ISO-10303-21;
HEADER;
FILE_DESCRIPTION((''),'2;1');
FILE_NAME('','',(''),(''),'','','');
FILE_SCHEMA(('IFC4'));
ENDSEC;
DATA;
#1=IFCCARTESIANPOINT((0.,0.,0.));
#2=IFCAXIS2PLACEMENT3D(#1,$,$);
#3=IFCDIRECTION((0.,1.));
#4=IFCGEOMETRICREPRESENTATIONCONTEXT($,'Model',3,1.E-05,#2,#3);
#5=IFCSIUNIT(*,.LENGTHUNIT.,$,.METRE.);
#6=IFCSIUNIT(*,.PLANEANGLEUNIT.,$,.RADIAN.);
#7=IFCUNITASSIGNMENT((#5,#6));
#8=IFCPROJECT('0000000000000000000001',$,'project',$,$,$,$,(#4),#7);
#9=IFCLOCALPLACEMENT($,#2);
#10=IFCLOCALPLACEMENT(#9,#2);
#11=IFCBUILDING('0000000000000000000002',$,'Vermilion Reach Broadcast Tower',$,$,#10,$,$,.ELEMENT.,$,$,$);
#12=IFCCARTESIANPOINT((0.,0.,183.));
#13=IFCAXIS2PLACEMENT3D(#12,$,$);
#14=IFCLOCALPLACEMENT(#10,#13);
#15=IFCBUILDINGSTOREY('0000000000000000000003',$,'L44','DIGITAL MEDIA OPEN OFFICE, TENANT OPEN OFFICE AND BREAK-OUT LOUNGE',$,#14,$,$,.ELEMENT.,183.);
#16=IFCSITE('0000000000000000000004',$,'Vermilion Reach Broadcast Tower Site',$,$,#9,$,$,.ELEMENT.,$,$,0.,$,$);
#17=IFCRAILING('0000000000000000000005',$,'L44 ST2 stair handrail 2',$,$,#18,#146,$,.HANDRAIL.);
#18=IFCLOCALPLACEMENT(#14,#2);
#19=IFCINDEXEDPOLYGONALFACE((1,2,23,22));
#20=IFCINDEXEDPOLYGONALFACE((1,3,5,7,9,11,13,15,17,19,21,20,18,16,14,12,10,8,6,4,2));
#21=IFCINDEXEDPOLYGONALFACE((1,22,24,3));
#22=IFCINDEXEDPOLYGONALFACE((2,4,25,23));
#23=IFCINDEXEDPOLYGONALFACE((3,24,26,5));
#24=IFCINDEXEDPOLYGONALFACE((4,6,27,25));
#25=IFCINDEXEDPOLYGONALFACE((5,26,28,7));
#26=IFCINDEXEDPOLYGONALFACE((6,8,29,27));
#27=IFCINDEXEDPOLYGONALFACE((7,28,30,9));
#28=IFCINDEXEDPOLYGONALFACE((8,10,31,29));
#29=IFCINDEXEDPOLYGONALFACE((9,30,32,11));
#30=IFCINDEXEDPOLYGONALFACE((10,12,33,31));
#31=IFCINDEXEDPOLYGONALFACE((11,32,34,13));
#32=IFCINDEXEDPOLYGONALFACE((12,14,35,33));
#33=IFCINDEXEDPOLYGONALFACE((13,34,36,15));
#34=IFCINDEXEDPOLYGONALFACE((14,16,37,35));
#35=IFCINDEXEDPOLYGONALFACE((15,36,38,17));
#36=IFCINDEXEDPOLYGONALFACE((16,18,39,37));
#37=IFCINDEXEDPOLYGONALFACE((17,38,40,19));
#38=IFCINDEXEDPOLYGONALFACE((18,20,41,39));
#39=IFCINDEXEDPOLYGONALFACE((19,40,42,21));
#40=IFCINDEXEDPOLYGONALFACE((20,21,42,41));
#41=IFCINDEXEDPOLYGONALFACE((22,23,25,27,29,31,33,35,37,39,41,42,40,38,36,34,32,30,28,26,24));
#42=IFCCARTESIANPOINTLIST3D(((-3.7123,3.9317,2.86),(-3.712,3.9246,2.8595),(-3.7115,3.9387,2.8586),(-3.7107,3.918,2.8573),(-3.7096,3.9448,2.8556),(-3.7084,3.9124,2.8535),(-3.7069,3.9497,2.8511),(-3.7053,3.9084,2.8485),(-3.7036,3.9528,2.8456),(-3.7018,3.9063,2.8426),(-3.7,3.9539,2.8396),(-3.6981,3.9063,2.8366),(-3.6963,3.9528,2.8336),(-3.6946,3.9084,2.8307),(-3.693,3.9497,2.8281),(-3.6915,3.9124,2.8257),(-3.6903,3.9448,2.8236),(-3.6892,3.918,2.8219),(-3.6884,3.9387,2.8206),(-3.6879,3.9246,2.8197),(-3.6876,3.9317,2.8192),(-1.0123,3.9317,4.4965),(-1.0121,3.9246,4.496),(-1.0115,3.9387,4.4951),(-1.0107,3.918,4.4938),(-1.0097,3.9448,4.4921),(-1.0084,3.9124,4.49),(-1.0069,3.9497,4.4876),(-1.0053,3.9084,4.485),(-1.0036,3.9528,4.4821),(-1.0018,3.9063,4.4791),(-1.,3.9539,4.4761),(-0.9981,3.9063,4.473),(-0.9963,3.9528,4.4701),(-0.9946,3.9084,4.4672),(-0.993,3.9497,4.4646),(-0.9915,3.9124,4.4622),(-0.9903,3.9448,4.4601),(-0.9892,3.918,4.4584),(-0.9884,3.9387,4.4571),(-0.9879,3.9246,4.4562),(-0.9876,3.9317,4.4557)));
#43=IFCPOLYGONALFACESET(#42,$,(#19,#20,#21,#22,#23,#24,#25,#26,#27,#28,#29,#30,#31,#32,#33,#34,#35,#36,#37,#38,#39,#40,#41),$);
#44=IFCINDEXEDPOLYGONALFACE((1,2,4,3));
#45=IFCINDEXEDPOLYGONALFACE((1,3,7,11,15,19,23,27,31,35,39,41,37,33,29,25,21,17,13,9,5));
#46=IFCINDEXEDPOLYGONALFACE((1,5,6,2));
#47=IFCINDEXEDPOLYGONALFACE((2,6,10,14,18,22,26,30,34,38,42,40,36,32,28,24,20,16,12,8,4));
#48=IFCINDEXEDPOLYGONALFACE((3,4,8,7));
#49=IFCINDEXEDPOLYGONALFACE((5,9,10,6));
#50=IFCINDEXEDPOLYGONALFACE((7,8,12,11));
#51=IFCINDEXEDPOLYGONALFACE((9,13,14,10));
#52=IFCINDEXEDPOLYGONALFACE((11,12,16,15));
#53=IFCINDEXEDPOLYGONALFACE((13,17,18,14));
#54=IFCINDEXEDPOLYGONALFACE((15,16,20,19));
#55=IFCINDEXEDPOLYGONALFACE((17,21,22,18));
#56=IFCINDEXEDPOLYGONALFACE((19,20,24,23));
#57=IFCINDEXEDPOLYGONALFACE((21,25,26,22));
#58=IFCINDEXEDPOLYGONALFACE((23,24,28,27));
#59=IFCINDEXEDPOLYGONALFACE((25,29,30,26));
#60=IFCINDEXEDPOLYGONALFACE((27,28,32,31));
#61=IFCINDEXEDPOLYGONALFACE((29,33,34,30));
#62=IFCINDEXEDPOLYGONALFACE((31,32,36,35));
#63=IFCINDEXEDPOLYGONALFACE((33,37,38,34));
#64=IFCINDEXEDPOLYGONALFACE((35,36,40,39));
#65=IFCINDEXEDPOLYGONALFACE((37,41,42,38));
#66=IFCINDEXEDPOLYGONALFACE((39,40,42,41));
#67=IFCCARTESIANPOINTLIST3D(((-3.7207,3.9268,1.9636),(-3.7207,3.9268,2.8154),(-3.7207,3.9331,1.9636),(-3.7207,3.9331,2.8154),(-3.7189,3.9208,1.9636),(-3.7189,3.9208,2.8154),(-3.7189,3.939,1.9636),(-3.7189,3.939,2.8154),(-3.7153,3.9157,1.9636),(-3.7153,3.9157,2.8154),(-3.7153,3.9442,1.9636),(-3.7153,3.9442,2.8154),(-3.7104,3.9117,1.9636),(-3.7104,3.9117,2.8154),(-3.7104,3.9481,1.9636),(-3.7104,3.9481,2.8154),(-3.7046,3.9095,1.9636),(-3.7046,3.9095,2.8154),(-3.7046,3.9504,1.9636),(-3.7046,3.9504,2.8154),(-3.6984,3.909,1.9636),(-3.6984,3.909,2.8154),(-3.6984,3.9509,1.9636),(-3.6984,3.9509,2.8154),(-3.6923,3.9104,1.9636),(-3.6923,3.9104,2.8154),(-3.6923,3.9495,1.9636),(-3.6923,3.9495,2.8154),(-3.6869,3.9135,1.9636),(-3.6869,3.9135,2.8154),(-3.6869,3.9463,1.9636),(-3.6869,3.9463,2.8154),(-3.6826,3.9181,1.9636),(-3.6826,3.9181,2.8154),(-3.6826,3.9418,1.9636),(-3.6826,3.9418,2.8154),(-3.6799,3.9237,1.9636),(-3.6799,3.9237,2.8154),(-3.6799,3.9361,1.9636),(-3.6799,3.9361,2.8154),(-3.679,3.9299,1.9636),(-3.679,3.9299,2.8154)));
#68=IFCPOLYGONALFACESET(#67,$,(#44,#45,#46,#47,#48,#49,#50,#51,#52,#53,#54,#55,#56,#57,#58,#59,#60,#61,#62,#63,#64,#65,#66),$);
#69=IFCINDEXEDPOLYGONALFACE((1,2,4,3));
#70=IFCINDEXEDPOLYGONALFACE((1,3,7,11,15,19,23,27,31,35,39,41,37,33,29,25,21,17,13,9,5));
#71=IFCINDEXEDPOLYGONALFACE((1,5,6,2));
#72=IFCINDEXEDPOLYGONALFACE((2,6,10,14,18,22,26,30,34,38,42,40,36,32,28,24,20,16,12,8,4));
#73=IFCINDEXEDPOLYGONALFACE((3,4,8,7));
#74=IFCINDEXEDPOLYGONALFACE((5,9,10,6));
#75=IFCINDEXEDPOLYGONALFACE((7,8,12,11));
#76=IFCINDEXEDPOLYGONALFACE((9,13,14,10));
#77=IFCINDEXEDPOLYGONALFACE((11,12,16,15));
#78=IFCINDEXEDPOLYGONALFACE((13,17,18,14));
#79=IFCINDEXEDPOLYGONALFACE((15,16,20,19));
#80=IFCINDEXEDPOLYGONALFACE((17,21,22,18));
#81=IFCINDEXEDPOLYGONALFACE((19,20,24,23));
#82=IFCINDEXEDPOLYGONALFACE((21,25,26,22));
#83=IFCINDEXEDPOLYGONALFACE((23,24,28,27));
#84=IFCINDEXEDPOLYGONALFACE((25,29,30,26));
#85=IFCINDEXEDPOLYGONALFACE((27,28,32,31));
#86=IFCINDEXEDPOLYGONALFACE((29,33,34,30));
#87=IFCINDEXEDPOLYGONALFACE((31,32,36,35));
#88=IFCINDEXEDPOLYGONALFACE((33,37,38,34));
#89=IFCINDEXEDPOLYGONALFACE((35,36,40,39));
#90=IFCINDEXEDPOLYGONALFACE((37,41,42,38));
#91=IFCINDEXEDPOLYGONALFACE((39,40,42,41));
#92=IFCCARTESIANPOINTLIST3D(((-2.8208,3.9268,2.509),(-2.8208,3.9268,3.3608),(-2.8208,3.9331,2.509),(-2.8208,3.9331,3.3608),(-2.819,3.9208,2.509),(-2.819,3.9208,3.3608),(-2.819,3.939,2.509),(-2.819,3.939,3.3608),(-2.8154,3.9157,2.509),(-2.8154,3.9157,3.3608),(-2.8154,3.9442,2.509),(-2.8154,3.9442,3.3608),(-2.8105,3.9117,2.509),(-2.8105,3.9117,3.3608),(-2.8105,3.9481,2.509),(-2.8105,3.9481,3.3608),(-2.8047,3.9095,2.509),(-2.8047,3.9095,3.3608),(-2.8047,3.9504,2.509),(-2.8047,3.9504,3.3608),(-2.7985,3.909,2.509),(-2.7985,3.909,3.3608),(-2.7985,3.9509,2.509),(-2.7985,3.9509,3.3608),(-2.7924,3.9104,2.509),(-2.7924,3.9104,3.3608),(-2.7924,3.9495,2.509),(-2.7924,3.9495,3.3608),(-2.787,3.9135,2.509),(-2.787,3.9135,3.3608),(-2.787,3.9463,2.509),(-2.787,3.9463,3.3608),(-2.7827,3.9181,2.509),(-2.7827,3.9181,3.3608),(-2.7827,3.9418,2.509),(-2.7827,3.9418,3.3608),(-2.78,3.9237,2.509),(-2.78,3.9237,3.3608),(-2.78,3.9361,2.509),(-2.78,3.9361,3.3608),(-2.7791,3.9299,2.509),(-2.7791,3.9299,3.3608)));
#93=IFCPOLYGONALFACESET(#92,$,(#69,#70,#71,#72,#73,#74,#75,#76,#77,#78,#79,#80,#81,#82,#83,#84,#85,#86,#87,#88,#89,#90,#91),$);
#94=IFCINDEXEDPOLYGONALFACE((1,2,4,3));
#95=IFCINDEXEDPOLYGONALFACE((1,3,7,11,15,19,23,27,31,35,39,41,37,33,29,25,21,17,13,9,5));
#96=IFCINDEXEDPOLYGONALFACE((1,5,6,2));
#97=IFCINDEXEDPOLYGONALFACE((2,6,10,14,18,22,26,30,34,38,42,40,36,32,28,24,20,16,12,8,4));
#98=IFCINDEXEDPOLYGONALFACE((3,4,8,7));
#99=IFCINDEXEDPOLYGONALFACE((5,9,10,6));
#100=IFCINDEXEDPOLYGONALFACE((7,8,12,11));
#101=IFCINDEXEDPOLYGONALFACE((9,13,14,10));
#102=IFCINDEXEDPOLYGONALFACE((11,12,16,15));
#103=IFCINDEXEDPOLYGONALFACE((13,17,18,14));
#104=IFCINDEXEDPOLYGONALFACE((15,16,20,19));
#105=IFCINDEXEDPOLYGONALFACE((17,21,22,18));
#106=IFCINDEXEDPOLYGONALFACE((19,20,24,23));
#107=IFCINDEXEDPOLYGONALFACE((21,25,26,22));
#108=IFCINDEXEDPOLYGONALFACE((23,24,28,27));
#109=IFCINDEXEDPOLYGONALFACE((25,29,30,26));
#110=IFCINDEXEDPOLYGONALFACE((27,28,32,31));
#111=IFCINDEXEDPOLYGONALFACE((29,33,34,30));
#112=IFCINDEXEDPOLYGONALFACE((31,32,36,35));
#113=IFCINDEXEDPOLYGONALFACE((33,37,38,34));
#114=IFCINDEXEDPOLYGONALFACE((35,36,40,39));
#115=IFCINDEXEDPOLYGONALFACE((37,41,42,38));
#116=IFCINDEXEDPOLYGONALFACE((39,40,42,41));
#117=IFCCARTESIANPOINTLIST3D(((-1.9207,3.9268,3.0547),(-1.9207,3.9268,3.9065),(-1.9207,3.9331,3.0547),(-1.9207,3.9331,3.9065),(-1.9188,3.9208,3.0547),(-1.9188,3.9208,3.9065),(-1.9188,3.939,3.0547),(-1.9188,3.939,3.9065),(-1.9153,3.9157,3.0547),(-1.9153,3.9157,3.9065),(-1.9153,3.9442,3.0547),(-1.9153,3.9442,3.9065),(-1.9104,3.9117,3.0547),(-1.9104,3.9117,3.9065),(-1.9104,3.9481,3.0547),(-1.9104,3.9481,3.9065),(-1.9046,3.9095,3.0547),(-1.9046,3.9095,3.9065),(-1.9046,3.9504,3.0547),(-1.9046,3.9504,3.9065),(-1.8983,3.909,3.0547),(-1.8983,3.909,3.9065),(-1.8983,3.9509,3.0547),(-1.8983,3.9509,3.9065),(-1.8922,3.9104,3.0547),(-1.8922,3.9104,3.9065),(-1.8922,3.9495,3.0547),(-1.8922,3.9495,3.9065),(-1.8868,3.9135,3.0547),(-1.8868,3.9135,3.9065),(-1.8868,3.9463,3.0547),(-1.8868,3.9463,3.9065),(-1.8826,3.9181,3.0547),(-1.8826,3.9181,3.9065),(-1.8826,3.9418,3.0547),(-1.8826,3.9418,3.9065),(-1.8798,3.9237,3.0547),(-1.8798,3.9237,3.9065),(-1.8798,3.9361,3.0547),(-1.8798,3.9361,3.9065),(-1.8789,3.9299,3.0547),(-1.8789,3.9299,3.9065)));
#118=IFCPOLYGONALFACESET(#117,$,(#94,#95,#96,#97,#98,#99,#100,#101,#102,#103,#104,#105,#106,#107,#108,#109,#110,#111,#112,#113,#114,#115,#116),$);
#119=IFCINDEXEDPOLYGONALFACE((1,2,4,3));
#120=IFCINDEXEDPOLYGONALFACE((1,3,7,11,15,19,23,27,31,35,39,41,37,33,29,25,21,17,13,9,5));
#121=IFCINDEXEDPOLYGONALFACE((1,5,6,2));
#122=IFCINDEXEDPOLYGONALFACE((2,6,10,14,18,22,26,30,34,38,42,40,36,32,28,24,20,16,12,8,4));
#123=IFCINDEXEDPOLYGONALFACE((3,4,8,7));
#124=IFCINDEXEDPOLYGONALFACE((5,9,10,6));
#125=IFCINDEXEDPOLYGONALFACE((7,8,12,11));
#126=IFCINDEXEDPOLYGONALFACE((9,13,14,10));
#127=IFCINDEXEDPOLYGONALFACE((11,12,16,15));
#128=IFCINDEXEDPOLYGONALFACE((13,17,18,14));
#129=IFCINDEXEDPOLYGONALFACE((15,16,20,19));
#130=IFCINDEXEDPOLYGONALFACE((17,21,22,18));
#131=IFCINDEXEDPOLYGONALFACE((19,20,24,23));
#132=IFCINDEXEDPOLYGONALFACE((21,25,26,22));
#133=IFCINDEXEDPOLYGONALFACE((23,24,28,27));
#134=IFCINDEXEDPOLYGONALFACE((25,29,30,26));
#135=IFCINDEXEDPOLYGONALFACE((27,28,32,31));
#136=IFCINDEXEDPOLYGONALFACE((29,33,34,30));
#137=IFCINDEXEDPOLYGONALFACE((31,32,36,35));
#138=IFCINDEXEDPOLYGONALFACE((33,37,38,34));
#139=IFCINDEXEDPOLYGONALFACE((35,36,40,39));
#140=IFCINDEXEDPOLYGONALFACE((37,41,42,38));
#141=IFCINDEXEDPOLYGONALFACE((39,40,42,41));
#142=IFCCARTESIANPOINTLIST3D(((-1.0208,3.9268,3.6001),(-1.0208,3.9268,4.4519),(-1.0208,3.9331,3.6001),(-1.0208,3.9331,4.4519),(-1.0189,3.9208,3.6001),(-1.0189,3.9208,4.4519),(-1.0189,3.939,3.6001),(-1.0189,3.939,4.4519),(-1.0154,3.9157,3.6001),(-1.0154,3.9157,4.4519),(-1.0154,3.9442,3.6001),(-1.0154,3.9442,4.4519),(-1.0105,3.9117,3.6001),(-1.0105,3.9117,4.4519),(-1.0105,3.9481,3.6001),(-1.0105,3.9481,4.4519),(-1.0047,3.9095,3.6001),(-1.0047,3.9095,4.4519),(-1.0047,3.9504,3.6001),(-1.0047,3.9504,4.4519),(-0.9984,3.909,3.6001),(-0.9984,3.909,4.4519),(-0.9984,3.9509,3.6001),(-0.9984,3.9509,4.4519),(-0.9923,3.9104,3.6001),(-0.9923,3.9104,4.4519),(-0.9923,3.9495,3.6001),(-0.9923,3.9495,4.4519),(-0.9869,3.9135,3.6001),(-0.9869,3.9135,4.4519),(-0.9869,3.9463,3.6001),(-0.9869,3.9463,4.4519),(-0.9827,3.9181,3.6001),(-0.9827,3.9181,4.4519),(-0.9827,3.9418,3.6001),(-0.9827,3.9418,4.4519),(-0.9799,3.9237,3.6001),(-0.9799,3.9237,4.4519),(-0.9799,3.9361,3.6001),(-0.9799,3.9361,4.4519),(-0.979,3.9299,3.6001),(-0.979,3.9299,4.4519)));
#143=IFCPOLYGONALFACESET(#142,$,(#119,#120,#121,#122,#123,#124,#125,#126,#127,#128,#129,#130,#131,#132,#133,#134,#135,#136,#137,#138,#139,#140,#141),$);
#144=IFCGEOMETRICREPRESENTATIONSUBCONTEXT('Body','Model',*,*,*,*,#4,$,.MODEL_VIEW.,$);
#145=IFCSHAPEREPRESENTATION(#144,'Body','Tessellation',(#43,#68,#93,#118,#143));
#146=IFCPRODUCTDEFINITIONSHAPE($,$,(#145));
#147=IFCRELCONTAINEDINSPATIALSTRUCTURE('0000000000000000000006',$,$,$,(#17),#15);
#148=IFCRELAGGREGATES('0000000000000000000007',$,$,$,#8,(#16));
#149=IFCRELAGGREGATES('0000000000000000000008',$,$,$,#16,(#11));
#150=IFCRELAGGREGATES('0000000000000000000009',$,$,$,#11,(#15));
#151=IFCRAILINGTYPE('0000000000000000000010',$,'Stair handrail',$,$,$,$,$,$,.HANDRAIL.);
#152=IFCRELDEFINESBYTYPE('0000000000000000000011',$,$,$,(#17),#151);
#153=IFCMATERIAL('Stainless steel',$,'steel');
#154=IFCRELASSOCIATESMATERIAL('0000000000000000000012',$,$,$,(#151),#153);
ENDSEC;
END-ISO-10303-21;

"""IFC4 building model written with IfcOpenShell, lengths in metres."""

from ifc_helpers import new_model, si_unit, direction, frame, origin, origin_2d, place, context, subcontext, project, spatial, circle, extrude, material, type_object, element, save


model = new_model("IFC4")

# Units and contexts
model_context = context("Model", 3, precision=1e-05, world=origin(), true_north=direction((0.0, 1.0)))
body_context = subcontext(model_context, "Body", "Model", "MODEL_VIEW")
ifc_project = project(units=[si_unit("LENGTHUNIT", "METRE"), si_unit("PLANEANGLEUNIT", "RADIAN")], contexts=[model_context])

# Site, building, storey
site_placement = place(None, origin())
site = spatial("IfcSite", under=ifc_project, at=site_placement, Name="Vermilion Reach Broadcast Tower Site", CompositionType="ELEMENT", RefElevation=0.0)
building_placement = place(site_placement, origin())
building = spatial("IfcBuilding", under=site, at=building_placement, Name="Vermilion Reach Broadcast Tower", CompositionType="ELEMENT")
storey_placement = place(building_placement, frame((0.0, 0.0, 183.0)))
storey = spatial("IfcBuildingStorey", under=building, at=storey_placement, Name="L44", Description="DIGITAL MEDIA OPEN OFFICE, TENANT OPEN OFFICE AND BREAK-OUT LOUNGE", CompositionType="ELEMENT", Elevation=183.0)

# Railing
ifc_material_1 = material(Name="Stainless steel", Category="steel")
railing_type_1 = type_object("IfcRailingType", Name="Stair handrail", PredefinedType="HANDRAIL", material=ifc_material_1)
railing_1_placement = place(storey_placement, frame((-3.7, 3.9299, 1.9636)))
element("IfcRailing", 1, at=railing_1_placement, inside=storey, type_object=railing_type_1, Name="L44 ST2 stair handrail 2", PredefinedType="HANDRAIL", context=body_context, shape_type="SweptSolid", body=[
    extrude(circle(Radius=0.0239, at=origin_2d()), frame((0.0, 0.0, 0.876), z_axis=(0.855178, 0.0, 0.518334), x_axis=(0.0, 1.0, 0.0)), (0.0, 0.0, 1.0), 3.1572),
    extrude(circle(Radius=0.021, at=origin_2d()), origin(), (0.0, 0.0, 1.0), 0.8518),
    extrude(circle(Radius=0.021, at=origin_2d()), frame((0.8999, 0.0, 0.5454)), (0.0, 0.0, 1.0), 0.8518),
    extrude(circle(Radius=0.021, at=origin_2d()), frame((1.8, 0.0, 1.0911)), (0.0, 0.0, 1.0), 0.8518),
    extrude(circle(Radius=0.021, at=origin_2d()), frame((2.7, 0.0, 1.6365)), (0.0, 0.0, 1.0), 0.8518),
])

save(model, "model.ifc")
